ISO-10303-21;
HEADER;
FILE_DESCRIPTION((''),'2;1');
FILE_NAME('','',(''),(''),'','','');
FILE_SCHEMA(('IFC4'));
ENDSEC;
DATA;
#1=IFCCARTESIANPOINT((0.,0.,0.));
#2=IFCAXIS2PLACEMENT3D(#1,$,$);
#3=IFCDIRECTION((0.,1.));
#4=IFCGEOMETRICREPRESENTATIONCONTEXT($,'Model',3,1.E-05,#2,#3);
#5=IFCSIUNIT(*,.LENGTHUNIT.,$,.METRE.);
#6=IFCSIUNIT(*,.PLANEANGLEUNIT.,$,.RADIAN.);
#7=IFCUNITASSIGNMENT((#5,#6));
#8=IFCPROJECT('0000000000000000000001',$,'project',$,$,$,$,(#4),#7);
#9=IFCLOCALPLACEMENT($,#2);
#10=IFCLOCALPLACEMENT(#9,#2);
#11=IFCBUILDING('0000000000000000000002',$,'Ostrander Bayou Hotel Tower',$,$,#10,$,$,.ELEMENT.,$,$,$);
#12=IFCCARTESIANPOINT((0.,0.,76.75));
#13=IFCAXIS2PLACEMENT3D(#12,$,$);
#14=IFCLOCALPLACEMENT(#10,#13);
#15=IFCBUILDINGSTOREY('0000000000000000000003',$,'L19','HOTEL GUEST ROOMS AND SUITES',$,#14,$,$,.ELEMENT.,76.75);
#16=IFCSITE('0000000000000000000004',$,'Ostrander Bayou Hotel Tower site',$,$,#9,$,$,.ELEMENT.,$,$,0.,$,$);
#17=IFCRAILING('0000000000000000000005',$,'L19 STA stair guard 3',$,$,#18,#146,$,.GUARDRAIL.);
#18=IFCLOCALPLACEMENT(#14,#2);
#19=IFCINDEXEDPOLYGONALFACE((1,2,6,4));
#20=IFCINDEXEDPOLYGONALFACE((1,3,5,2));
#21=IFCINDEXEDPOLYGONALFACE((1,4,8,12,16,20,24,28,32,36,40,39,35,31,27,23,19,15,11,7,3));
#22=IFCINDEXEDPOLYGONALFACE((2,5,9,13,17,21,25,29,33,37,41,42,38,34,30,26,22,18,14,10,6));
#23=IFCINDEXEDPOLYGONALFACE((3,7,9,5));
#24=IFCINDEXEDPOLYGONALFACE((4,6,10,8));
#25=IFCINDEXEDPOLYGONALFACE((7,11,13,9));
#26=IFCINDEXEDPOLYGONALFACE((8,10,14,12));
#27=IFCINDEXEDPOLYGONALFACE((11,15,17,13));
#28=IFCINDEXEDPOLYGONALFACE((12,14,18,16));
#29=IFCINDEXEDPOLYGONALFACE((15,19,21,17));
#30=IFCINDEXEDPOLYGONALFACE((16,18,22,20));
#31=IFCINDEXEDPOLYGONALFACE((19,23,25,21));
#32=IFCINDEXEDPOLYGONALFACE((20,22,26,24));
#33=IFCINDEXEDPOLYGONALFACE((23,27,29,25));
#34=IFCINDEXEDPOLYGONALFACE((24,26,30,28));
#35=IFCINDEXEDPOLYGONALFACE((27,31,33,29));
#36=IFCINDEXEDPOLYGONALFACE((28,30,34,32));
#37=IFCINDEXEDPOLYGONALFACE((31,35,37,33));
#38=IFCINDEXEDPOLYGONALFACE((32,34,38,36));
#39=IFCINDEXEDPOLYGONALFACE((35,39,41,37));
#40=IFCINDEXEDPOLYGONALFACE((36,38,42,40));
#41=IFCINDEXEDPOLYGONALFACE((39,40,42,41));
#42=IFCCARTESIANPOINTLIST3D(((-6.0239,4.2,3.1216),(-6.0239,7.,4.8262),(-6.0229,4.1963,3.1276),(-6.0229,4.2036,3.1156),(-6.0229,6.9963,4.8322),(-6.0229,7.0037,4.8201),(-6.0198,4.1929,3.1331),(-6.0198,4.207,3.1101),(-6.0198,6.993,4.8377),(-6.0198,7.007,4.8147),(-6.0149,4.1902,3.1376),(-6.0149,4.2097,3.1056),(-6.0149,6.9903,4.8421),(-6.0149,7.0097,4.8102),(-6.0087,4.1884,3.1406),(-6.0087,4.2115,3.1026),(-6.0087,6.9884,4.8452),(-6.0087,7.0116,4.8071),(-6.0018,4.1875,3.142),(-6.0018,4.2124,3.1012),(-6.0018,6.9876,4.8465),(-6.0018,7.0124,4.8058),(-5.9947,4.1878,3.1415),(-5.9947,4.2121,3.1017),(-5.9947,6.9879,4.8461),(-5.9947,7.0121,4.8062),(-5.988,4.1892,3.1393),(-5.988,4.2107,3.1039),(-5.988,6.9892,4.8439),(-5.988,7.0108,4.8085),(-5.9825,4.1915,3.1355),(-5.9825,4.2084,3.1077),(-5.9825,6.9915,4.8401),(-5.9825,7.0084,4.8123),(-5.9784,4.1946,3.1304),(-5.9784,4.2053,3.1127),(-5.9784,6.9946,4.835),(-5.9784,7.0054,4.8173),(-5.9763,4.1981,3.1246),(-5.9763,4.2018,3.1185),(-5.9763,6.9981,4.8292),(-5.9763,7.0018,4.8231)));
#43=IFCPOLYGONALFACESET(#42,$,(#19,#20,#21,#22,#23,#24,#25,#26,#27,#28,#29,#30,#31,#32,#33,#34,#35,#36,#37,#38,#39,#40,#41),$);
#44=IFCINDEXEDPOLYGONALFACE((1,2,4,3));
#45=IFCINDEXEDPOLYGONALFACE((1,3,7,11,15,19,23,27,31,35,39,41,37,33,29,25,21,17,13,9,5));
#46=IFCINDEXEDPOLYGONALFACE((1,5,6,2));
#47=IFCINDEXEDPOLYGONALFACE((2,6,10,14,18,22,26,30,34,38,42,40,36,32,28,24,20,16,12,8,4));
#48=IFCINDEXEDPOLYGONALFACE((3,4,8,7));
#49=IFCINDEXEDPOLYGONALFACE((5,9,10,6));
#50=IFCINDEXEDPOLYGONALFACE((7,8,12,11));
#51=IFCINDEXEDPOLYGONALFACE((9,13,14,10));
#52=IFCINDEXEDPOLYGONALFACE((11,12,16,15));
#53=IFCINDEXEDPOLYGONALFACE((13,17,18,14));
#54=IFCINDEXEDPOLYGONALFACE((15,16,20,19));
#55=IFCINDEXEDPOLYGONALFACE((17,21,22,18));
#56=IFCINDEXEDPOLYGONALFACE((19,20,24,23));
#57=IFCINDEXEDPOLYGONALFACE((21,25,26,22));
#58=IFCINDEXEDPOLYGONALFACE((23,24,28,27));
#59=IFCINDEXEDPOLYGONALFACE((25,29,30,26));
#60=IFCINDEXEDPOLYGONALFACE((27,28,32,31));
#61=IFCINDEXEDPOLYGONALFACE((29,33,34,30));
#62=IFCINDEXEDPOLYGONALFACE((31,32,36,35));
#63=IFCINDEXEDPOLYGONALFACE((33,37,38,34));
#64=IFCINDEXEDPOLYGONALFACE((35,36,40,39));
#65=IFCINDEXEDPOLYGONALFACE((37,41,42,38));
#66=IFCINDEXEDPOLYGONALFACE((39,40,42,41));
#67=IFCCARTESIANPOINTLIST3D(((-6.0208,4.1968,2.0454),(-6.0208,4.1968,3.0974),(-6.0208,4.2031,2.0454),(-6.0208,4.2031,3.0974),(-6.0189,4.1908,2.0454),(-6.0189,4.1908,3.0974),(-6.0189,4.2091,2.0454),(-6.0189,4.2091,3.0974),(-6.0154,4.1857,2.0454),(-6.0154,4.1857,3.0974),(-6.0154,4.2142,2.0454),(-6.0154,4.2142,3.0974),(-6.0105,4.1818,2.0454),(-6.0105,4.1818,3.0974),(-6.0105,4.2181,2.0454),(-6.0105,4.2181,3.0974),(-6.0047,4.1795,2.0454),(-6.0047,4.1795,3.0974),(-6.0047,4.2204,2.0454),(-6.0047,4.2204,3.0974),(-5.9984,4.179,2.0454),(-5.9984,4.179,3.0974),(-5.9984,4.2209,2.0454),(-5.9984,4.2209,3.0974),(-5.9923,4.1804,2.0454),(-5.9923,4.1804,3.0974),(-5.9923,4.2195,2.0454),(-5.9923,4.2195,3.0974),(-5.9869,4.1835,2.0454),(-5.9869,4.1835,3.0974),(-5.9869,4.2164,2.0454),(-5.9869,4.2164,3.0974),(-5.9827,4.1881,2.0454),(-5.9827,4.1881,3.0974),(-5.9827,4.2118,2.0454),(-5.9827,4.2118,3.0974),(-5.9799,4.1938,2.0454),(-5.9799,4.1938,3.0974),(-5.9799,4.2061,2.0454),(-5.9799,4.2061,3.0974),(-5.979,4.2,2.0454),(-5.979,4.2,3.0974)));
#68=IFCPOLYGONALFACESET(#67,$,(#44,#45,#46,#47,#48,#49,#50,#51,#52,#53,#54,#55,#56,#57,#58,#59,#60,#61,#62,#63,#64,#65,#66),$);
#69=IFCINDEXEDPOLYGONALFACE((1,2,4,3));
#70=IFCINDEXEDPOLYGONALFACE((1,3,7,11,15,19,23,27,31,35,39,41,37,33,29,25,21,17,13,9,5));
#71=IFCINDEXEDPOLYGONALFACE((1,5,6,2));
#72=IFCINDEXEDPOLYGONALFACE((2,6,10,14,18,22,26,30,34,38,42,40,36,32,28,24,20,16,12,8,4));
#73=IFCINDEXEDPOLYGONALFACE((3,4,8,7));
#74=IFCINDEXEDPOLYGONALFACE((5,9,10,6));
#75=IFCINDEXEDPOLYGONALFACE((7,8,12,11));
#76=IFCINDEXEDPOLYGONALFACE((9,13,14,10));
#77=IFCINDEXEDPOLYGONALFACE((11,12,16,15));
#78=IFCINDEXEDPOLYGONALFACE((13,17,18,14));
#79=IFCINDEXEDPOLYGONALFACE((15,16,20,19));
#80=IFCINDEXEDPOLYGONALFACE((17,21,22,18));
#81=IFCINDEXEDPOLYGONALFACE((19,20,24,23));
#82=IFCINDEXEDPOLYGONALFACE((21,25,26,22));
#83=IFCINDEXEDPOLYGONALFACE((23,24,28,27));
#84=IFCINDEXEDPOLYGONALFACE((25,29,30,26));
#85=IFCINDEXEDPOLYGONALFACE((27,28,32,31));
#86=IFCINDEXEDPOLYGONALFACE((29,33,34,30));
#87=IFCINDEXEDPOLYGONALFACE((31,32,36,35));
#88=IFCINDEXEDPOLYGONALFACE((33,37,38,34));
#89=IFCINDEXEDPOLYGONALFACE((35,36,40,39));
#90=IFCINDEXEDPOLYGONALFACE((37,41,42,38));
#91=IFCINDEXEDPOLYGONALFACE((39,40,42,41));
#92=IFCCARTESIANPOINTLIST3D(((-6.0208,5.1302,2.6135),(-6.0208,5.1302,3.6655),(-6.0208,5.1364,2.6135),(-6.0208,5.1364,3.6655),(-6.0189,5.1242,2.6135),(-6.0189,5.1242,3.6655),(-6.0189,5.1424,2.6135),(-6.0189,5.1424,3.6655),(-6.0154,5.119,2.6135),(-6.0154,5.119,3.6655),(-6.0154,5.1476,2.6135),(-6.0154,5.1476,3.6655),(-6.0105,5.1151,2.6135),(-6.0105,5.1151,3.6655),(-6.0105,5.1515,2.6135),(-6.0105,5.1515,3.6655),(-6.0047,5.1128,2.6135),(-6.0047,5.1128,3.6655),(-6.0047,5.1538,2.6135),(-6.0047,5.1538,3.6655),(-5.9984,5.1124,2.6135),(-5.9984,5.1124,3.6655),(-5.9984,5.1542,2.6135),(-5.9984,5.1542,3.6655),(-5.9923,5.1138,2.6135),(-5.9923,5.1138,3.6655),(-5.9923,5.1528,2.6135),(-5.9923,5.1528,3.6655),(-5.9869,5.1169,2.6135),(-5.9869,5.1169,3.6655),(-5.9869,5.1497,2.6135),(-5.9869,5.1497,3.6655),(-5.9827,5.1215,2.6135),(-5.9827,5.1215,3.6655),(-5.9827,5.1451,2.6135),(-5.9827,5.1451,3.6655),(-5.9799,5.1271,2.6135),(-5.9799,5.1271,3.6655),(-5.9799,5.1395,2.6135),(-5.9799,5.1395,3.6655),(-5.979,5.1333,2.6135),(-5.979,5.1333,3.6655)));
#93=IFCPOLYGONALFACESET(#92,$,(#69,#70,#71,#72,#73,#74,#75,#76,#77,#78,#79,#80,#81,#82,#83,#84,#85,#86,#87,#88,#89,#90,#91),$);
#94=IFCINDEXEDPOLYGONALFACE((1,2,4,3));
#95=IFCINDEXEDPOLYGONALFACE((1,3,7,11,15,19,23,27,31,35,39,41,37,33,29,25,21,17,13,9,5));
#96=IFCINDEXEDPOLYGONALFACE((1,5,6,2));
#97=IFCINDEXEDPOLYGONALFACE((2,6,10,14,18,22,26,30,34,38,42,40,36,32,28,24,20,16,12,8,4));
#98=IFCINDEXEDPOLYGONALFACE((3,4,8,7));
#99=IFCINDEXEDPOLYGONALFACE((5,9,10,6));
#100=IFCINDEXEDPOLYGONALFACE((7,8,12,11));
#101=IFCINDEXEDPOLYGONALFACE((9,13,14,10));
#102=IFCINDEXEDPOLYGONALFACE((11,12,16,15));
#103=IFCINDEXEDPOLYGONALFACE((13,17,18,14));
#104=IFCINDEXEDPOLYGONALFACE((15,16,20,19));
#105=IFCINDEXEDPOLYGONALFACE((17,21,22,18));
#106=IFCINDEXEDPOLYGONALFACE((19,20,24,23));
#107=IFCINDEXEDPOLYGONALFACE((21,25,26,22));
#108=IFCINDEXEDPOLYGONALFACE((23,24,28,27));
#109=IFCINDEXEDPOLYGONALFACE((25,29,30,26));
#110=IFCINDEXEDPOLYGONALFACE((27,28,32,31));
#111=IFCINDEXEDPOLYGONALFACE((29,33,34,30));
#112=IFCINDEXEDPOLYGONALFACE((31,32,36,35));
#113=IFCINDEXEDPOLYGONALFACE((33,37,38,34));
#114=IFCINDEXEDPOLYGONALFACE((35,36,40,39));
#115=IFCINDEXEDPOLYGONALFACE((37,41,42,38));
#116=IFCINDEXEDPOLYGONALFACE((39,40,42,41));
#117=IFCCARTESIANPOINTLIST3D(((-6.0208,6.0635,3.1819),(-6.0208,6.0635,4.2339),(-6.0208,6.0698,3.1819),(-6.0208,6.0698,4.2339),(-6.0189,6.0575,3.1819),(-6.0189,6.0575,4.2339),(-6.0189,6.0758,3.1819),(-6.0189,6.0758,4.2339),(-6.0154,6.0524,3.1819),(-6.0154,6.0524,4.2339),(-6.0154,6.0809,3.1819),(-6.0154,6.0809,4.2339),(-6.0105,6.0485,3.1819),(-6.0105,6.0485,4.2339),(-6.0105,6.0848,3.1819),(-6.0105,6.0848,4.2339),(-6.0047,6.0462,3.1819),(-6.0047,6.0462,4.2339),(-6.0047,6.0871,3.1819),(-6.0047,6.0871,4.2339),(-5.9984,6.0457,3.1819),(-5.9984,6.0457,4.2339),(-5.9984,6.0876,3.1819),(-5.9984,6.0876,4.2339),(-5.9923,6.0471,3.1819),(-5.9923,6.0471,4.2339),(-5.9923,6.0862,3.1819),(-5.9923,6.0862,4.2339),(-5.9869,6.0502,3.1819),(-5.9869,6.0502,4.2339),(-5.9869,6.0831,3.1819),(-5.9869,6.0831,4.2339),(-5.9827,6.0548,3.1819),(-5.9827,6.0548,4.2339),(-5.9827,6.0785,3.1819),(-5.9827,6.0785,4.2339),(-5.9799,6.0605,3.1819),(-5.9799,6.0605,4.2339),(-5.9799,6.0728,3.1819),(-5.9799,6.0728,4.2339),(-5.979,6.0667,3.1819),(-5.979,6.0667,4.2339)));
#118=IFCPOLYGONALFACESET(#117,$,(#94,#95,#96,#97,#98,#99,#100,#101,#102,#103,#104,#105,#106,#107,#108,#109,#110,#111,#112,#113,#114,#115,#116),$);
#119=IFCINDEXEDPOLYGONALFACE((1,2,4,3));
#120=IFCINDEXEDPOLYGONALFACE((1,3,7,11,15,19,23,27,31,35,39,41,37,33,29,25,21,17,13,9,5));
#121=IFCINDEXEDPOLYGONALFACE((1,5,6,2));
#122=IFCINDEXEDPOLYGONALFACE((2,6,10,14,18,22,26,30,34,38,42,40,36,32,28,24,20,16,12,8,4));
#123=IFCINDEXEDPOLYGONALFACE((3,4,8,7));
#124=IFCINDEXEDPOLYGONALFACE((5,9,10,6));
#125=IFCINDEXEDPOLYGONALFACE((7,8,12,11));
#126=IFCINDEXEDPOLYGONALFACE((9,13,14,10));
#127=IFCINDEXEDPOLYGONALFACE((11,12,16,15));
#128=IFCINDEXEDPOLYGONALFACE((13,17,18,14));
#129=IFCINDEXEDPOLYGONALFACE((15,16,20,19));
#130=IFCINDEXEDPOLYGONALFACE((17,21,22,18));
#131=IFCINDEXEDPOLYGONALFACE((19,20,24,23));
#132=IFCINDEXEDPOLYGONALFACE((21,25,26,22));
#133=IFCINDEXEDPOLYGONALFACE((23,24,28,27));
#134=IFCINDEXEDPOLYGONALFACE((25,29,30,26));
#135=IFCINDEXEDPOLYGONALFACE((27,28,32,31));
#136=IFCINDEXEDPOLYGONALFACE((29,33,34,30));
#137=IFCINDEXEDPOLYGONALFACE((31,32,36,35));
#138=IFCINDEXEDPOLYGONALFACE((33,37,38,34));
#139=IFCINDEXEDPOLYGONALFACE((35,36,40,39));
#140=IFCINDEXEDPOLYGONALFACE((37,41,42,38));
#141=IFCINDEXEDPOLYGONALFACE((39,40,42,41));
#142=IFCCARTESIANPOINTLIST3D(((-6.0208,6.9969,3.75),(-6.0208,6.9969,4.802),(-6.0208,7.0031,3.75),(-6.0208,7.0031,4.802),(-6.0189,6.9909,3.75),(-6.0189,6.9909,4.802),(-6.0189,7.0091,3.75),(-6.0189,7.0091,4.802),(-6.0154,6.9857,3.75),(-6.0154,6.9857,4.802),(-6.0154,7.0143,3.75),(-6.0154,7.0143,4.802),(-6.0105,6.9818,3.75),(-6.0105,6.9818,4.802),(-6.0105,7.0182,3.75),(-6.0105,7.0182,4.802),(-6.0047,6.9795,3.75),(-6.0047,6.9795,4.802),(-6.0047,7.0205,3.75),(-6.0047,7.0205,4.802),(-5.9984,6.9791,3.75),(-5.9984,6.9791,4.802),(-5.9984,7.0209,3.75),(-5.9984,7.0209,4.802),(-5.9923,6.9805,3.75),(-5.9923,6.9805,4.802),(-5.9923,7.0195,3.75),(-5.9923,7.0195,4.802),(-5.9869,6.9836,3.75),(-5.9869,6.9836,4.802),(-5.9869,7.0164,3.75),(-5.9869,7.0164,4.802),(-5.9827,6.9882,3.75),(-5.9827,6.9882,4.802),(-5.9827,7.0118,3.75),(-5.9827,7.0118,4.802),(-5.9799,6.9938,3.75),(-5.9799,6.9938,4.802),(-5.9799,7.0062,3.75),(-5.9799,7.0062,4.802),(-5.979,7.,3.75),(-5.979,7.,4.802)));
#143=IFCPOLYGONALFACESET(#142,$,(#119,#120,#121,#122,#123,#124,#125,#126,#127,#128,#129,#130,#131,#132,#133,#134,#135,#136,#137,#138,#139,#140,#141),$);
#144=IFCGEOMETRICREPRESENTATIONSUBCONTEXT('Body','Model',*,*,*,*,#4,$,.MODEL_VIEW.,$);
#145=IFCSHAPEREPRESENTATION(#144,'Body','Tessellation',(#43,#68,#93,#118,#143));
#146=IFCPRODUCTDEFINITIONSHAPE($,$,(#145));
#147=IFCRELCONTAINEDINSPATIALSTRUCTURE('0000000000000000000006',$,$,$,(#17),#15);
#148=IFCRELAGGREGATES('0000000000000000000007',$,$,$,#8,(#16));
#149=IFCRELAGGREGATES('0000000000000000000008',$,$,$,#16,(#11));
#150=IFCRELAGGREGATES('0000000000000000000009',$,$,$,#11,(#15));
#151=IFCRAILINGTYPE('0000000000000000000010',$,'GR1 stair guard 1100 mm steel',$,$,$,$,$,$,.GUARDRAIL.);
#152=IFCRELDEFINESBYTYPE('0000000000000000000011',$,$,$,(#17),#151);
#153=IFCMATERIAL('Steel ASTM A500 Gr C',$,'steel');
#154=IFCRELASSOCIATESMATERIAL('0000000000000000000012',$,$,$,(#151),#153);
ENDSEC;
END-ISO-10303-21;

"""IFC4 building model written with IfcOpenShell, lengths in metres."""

from ifc_helpers import new_model, si_unit, direction, frame, origin, origin_2d, place, context, subcontext, project, spatial, circle, extrude, material, type_object, element, save


model = new_model("IFC4")

# Units and contexts
model_context = context("Model", 3, precision=1e-05, world=origin(), true_north=direction((0.0, 1.0)))
body_context = subcontext(model_context, "Body", "Model", "MODEL_VIEW")
ifc_project = project(units=[si_unit("LENGTHUNIT", "METRE"), si_unit("PLANEANGLEUNIT", "RADIAN")], contexts=[model_context])

# Site, building, storey
site_placement = place(None, origin())
site = spatial("IfcSite", under=ifc_project, at=site_placement, Name="Ostrander Bayou Hotel Tower site", CompositionType="ELEMENT", RefElevation=0.0)
building_placement = place(site_placement, origin())
building = spatial("IfcBuilding", under=site, at=building_placement, Name="Ostrander Bayou Hotel Tower", CompositionType="ELEMENT")
storey_placement = place(building_placement, frame((0.0, 0.0, 76.75)))
storey = spatial("IfcBuildingStorey", under=building, at=storey_placement, Name="L19", Description="HOTEL GUEST ROOMS AND SUITES", CompositionType="ELEMENT", Elevation=76.75)

# Railing
ifc_material_1 = material(Name="Steel ASTM A500 Gr C", Category="steel")
railing_type_1 = type_object("IfcRailingType", Name="GR1 stair guard 1100 mm steel", PredefinedType="GUARDRAIL", material=ifc_material_1)
railing_1_placement = place(storey_placement, frame((-6.0, 4.2, 2.0454)))
element("IfcRailing", 1, at=railing_1_placement, inside=storey, type_object=railing_type_1, Name="L19 STA stair guard 3", PredefinedType="GUARDRAIL", context=body_context, shape_type="SweptSolid", body=[
    extrude(circle(Radius=0.0239, at=origin_2d()), frame((0.0, 0.0, 1.0762), z_axis=(0.0, 0.85417, 0.519994), x_axis=(-1.0, 0.0, 0.0)), (0.0, 0.0, 1.0), 3.2781),
    extrude(circle(Radius=0.021, at=origin_2d()), origin(), (0.0, 0.0, 1.0), 1.052),
    extrude(circle(Radius=0.021, at=origin_2d()), frame((0.0, 0.9333, 0.5681)), (0.0, 0.0, 1.0), 1.052),
    extrude(circle(Radius=0.021, at=origin_2d()), frame((0.0, 1.8667, 1.1365)), (0.0, 0.0, 1.0), 1.052),
    extrude(circle(Radius=0.021, at=origin_2d()), frame((0.0, 2.8, 1.7046)), (0.0, 0.0, 1.0), 1.052),
])

save(model, "model.ifc")
